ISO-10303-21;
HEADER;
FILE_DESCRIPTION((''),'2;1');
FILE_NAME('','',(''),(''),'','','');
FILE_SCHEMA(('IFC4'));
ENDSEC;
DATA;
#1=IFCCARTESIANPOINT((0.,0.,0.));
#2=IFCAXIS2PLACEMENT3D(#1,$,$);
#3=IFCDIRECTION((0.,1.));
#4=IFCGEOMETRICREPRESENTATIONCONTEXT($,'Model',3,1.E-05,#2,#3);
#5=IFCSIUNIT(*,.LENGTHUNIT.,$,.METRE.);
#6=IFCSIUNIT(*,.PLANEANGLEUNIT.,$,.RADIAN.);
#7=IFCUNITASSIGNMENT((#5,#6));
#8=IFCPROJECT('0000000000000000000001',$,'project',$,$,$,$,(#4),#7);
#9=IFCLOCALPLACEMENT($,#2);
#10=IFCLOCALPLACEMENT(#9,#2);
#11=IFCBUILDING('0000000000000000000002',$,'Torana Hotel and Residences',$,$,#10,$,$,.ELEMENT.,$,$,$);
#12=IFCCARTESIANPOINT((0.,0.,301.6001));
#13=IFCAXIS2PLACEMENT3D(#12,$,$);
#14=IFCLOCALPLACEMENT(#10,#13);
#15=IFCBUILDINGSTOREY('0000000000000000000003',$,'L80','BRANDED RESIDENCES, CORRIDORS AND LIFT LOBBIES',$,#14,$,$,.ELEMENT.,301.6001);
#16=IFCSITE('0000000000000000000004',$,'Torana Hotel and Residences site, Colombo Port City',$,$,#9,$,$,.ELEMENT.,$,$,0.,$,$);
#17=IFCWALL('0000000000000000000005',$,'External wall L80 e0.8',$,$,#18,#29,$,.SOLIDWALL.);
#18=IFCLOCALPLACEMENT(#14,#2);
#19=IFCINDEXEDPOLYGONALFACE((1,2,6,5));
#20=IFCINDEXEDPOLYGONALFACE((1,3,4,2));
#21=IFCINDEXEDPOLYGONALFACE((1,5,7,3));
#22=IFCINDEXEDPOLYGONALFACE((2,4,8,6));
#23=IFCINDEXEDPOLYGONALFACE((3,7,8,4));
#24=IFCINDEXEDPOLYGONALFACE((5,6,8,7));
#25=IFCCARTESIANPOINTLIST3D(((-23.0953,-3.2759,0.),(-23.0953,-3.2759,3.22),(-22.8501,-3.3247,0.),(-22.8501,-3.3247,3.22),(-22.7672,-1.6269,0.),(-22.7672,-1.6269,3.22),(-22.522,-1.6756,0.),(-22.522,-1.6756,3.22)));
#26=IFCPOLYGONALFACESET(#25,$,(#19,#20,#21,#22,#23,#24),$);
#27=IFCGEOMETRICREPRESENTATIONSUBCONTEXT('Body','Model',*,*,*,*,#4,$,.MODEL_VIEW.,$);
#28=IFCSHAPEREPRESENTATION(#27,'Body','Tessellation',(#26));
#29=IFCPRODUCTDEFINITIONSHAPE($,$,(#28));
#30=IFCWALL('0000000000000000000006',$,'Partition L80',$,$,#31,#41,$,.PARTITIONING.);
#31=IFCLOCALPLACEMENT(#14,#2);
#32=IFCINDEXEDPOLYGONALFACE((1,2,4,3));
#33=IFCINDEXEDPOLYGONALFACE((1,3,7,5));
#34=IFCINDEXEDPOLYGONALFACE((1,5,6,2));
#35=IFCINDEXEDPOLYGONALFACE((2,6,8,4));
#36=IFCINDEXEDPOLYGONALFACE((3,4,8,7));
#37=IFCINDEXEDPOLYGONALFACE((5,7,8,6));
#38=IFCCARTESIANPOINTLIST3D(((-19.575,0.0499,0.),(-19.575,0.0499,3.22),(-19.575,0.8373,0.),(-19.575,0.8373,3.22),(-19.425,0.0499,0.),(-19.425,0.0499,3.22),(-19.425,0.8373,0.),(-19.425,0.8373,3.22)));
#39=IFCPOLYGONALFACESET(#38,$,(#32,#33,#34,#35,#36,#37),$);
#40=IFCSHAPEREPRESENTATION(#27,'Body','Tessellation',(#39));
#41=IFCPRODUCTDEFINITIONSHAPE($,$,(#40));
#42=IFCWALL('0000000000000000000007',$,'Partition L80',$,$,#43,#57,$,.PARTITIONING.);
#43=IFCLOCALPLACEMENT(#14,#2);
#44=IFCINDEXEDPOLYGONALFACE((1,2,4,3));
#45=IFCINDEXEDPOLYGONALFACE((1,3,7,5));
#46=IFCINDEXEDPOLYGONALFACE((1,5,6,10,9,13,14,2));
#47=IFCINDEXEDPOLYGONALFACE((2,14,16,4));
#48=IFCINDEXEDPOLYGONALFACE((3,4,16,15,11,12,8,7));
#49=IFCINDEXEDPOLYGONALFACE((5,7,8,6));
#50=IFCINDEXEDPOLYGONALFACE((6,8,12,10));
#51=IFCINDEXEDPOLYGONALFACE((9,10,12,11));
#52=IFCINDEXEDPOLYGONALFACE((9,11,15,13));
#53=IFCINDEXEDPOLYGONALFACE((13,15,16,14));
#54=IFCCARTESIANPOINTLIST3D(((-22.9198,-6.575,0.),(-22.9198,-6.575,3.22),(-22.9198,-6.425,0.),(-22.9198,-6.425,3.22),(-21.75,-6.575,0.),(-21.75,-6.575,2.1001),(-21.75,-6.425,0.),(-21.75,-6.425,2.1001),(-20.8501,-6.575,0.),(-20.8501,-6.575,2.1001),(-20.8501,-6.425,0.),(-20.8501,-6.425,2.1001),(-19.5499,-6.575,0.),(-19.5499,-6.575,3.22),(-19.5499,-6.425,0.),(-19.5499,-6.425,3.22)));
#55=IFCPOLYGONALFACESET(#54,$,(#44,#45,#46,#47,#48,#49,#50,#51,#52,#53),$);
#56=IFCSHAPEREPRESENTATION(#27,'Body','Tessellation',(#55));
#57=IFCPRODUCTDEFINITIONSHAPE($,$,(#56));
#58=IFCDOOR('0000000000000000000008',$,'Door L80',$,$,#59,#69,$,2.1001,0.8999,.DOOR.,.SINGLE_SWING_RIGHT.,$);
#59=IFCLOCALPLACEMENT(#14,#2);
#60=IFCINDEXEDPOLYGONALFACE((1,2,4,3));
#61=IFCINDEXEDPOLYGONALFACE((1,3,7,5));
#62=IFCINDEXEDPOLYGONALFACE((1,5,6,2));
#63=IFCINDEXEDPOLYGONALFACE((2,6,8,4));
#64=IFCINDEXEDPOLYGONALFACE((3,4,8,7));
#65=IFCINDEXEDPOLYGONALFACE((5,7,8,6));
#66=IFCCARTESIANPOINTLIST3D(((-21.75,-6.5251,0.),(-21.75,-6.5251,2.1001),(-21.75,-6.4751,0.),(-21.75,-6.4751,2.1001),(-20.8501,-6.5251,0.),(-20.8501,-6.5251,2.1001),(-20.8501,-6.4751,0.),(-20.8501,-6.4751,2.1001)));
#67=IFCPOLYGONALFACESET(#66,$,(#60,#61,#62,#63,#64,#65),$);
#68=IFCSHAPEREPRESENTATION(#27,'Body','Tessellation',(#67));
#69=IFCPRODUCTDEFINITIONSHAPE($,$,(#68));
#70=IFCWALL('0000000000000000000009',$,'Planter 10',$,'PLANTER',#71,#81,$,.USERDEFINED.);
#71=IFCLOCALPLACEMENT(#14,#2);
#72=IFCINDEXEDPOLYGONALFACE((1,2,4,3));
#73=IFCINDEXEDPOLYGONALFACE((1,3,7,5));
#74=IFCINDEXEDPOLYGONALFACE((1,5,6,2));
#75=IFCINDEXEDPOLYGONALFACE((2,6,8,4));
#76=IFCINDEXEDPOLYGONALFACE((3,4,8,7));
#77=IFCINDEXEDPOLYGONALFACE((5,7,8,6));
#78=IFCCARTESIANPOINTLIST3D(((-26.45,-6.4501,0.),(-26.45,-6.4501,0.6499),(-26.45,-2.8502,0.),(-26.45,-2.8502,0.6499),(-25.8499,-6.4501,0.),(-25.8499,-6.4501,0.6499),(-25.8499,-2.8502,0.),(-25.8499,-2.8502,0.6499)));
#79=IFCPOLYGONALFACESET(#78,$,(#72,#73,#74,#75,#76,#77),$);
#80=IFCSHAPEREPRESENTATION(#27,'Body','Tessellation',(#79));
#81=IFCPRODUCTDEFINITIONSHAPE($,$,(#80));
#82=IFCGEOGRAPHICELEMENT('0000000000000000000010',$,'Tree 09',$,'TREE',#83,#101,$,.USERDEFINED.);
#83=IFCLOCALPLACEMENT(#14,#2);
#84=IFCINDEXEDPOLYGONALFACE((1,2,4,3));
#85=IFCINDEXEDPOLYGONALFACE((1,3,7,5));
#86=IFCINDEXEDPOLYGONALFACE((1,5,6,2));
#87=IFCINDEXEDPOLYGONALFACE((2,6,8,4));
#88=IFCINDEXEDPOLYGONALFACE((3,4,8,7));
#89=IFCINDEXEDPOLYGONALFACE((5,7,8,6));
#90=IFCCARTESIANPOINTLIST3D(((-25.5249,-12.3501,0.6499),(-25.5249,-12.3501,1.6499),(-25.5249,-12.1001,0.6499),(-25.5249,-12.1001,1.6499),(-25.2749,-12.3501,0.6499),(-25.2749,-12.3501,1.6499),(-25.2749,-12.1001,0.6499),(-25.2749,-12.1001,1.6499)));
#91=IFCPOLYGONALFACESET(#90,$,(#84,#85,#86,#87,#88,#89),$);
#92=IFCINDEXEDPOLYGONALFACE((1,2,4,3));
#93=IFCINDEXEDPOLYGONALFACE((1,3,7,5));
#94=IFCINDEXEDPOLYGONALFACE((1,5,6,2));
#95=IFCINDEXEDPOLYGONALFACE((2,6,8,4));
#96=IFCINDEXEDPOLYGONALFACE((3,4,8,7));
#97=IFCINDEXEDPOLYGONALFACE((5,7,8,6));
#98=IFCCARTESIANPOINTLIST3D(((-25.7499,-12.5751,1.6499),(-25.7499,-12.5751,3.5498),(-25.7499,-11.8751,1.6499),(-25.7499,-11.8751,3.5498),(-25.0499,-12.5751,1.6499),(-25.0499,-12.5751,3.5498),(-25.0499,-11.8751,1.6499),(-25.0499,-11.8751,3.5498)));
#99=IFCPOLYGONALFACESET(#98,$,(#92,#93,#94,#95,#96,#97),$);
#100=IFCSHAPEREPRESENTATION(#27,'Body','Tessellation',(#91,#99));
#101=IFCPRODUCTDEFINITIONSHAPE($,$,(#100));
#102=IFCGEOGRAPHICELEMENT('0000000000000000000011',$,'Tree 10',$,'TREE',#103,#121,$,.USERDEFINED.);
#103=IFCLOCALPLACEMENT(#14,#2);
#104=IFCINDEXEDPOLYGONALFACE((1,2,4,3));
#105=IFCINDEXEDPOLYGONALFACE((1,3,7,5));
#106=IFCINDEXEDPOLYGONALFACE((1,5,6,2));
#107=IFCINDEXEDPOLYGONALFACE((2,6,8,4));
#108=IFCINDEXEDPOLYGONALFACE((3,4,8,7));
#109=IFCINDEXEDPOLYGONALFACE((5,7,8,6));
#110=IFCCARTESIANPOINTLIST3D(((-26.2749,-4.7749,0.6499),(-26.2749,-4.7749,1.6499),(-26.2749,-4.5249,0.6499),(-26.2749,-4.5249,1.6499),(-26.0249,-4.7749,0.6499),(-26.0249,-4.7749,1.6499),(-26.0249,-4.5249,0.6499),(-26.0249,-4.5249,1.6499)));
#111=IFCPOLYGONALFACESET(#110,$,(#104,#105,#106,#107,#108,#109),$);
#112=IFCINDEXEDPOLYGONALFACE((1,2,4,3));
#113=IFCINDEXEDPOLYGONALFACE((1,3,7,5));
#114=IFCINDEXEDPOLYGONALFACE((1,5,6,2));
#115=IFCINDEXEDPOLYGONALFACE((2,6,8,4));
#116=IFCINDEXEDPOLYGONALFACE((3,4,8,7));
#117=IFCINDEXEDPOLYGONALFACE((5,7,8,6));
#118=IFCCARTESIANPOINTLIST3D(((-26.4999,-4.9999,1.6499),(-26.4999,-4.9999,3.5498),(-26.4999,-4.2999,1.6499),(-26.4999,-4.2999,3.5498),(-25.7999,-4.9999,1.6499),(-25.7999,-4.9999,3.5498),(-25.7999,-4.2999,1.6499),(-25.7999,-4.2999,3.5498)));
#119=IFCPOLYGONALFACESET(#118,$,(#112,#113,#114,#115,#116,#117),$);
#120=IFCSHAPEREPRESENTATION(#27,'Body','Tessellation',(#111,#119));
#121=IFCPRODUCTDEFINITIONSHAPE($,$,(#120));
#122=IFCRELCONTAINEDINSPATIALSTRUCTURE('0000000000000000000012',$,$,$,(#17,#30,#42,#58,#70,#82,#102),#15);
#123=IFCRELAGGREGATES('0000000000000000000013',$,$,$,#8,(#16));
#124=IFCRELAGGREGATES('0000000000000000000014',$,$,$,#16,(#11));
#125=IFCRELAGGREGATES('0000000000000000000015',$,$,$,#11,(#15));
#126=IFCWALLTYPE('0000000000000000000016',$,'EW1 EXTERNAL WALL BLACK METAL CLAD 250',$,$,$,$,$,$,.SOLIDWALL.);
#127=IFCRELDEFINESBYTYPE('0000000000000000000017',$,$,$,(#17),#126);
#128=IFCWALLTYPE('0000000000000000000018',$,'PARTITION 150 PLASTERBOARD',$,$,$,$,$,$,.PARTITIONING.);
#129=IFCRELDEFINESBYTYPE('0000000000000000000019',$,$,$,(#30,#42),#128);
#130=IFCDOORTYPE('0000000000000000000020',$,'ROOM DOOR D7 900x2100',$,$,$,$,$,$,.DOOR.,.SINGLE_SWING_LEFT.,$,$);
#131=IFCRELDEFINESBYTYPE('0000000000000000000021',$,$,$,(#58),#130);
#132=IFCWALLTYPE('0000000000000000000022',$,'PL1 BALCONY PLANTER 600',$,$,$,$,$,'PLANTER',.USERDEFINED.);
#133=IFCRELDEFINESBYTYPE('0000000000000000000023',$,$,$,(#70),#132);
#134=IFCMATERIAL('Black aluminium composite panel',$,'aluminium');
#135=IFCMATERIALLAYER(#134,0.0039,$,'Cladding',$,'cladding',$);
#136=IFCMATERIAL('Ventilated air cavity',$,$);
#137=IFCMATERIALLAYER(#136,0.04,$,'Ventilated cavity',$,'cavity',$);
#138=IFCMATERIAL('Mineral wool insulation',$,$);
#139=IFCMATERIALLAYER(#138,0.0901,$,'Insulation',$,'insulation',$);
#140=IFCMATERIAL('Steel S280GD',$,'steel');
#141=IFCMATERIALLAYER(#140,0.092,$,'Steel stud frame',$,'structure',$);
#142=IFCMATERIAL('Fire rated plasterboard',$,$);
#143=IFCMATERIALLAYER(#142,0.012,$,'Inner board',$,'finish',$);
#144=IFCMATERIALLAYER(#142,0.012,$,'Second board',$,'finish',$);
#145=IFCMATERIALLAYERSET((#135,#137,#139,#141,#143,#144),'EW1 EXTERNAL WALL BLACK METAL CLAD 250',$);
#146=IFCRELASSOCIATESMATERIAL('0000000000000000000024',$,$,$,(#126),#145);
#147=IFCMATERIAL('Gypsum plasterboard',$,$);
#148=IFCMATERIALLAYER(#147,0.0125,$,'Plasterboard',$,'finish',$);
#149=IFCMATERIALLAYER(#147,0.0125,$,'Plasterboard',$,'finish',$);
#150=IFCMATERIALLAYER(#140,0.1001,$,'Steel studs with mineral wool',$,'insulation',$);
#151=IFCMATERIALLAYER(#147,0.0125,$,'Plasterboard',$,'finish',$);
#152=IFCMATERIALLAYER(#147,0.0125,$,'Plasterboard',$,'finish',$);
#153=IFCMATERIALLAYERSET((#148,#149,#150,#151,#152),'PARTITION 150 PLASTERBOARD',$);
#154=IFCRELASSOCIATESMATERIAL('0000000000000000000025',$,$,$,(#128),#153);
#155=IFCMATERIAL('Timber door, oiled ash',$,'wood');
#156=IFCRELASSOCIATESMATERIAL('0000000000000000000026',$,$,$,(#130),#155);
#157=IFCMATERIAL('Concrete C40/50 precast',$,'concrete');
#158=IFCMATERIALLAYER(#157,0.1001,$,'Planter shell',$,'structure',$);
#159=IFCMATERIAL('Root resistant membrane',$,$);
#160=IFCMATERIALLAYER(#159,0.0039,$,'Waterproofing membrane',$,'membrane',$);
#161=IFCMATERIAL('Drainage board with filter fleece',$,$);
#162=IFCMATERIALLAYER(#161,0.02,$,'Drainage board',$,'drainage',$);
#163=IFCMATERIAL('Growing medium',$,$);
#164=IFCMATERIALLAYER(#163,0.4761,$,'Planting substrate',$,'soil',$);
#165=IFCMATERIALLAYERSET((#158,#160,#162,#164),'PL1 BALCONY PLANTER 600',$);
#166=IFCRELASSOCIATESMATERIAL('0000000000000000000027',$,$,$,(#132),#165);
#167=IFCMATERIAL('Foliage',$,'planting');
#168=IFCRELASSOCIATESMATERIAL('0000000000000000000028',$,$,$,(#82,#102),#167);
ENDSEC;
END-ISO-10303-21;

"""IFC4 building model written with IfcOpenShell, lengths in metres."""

from ifc_helpers import new_model, si_unit, direction, frame, frame_2d, origin, origin_2d, place, context, subcontext, project, spatial, rectangle, extrude, material, layer, layer_set, type_object, element, fill, save


model = new_model("IFC4")

# Units and contexts
model_context = context("Model", 3, precision=1e-05, world=origin(), true_north=direction((0.0, 1.0)))
body_context = subcontext(model_context, "Body", "Model", "MODEL_VIEW")
ifc_project = project(units=[si_unit("LENGTHUNIT", "METRE"), si_unit("PLANEANGLEUNIT", "RADIAN")], contexts=[model_context])

# Site, building, storey
site_placement = place(None, origin())
site = spatial("IfcSite", under=ifc_project, at=site_placement, Name="Torana Hotel and Residences site, Colombo Port City", CompositionType="ELEMENT", RefElevation=0.0)
building_placement = place(site_placement, origin())
building = spatial("IfcBuilding", under=site, at=building_placement, Name="Torana Hotel and Residences", CompositionType="ELEMENT")
storey_placement = place(building_placement, frame((0.0, 0.0, 301.6001)))
storey = spatial("IfcBuildingStorey", under=building, at=storey_placement, Name="L80", Description="BRANDED RESIDENCES, CORRIDORS AND LIFT LOBBIES", CompositionType="ELEMENT", Elevation=301.6001)

# Wall
ifc_material_1 = material(Name="Black aluminium composite panel", Category="aluminium")
ifc_layer_1 = layer(ifc_material_1, 0.0039, Name="Cladding", Category="cladding")
ifc_material_2 = material(Name="Ventilated air cavity")
ifc_layer_2 = layer(ifc_material_2, 0.04, Name="Ventilated cavity", Category="cavity")
ifc_material_3 = material(Name="Mineral wool insulation")
ifc_layer_3 = layer(ifc_material_3, 0.0901, Name="Insulation", Category="insulation")
ifc_material_4 = material(Name="Steel S280GD", Category="steel")
ifc_layer_4 = layer(ifc_material_4, 0.092, Name="Steel stud frame", Category="structure")
ifc_material_5 = material(Name="Fire rated plasterboard")
ifc_layer_5 = layer(ifc_material_5, 0.012, Name="Inner board", Category="finish")
ifc_layer_6 = layer(ifc_material_5, 0.012, Name="Second board", Category="finish")
ifc_layer_set_1 = layer_set([ifc_layer_1, ifc_layer_2, ifc_layer_3, ifc_layer_4, ifc_layer_5, ifc_layer_6], Name="EW1 EXTERNAL WALL BLACK METAL CLAD 250")
wall_type_1 = type_object("IfcWallType", Name="EW1 EXTERNAL WALL BLACK METAL CLAD 250", PredefinedType="SOLIDWALL", material=ifc_layer_set_1)
wall_1_placement = place(storey_placement, frame((-22.6445, -1.6511, 0.0), z_axis=(0.0, 0.0, 1.0), x_axis=(-0.195139, -0.980776, 0.0)))
element("IfcWall", 1, at=wall_1_placement, inside=storey, type_object=wall_type_1, Name="External wall L80 e0.8", PredefinedType="SOLIDWALL", context=body_context, shape_type="SweptSolid", body=[
    extrude(rectangle(XDim=1.6814, YDim=0.25, at=frame_2d((0.8408, 0.0))), origin(), (0.0, 0.0, 1.0), 3.22),
])

# Wall
ifc_material_6 = material(Name="Gypsum plasterboard")
ifc_layer_7 = layer(ifc_material_6, 0.0125, Name="Plasterboard", Category="finish")
ifc_layer_8 = layer(ifc_material_6, 0.0125, Name="Plasterboard", Category="finish")
ifc_layer_9 = layer(ifc_material_4, 0.1001, Name="Steel studs with mineral wool", Category="insulation")
ifc_layer_10 = layer(ifc_material_6, 0.0125, Name="Plasterboard", Category="finish")
ifc_layer_11 = layer(ifc_material_6, 0.0125, Name="Plasterboard", Category="finish")
ifc_layer_set_2 = layer_set([ifc_layer_7, ifc_layer_8, ifc_layer_9, ifc_layer_10, ifc_layer_11], Name="PARTITION 150 PLASTERBOARD")
wall_type_2 = type_object("IfcWallType", Name="PARTITION 150 PLASTERBOARD", PredefinedType="PARTITIONING", material=ifc_layer_set_2)
wall_2_placement = place(storey_placement, frame((-19.5, 0.05, 0.0), z_axis=(0.0, 0.0, 1.0), x_axis=(0.0, 1.0, 0.0)))
element("IfcWall", 2, at=wall_2_placement, inside=storey, type_object=wall_type_2, Name="Partition L80", PredefinedType="PARTITIONING", context=body_context, shape_type="SweptSolid", body=[
    extrude(rectangle(XDim=0.7874, YDim=0.1499, at=frame_2d((0.3936, 0.0))), origin(), (0.0, 0.0, 1.0), 3.22),
])

# Wall, opening, door
wall_3_placement = place(storey_placement, frame((-22.9199, -6.5, 0.0), z_axis=(0.0, 0.0, 1.0), x_axis=(1.0, 0.0, 0.0)))
wall_3 = element("IfcWall", 3, at=wall_3_placement, inside=storey, type_object=wall_type_2, Name="Partition L80", PredefinedType="PARTITIONING", context=body_context, shape_type="SweptSolid", body=[
    extrude(rectangle(XDim=3.3699, YDim=0.1499, at=frame_2d((1.6851, 0.0))), origin(), (0.0, 0.0, 1.0), 3.22),
])
opening_1_placement = place(wall_3_placement, frame((1.1699, 0.0, 0.0)))
opening_1 = element("IfcOpeningElement", 4, at=opening_1_placement, cuts=wall_3, PredefinedType="OPENING", context=body_context, shape_type="SweptSolid", body=[
    extrude(rectangle(XDim=0.8999, YDim=2.1001, at=frame_2d((0.45, 1.05))), frame((0.0, 0.085, 0.0), z_axis=(0.0, -1.0, 0.0), x_axis=(1.0, 0.0, 0.0)), (0.0, 0.0, 1.0), 0.1699),
])
ifc_material_7 = material(Name="Timber door, oiled ash", Category="wood")
door_type_1 = type_object("IfcDoorType", Name="ROOM DOOR D7 900x2100", OperationType="SINGLE_SWING_LEFT", PredefinedType="DOOR", material=ifc_material_7)
door_1_placement = place(opening_1_placement, origin())
door_1 = element("IfcDoor", 5, at=door_1_placement, inside=storey, type_object=door_type_1, Name="Door L80", OperationType="SINGLE_SWING_RIGHT", OverallHeight=2.1001, OverallWidth=0.8999, PredefinedType="DOOR", context=body_context, shape_type="SweptSolid", body=[
    extrude(rectangle(XDim=0.8999, YDim=2.1001, at=frame_2d((0.45, 1.05))), frame((0.0, 0.0249, 0.0), z_axis=(0.0, -1.0, 0.0), x_axis=(1.0, 0.0, 0.0)), (0.0, 0.0, 1.0), 0.05),
])
fill(opening_1, door_1)

# Wall
ifc_material_8 = material(Name="Concrete C40/50 precast", Category="concrete")
ifc_layer_12 = layer(ifc_material_8, 0.1001, Name="Planter shell", Category="structure")
ifc_material_9 = material(Name="Root resistant membrane")
ifc_layer_13 = layer(ifc_material_9, 0.0039, Name="Waterproofing membrane", Category="membrane")
ifc_material_10 = material(Name="Drainage board with filter fleece")
ifc_layer_14 = layer(ifc_material_10, 0.02, Name="Drainage board", Category="drainage")
ifc_material_11 = material(Name="Growing medium")
ifc_layer_15 = layer(ifc_material_11, 0.4761, Name="Planting substrate", Category="soil")
ifc_layer_set_3 = layer_set([ifc_layer_12, ifc_layer_13, ifc_layer_14, ifc_layer_15], Name="PL1 BALCONY PLANTER 600")
wall_type_3 = type_object("IfcWallType", Name="PL1 BALCONY PLANTER 600", ElementType="PLANTER", PredefinedType="USERDEFINED", material=ifc_layer_set_3)
wall_4_placement = place(storey_placement, frame((-26.1499, -6.45, 0.0), z_axis=(0.0, 0.0, 1.0), x_axis=(0.0, 1.0, 0.0)))
element("IfcWall", 6, at=wall_4_placement, inside=storey, type_object=wall_type_3, Name="Planter 10", ObjectType="PLANTER", PredefinedType="USERDEFINED", context=body_context, shape_type="SweptSolid", body=[
    extrude(rectangle(XDim=3.5999, YDim=0.6001, at=frame_2d((1.7998, 0.0))), origin(), (0.0, 0.0, 1.0), 0.6499),
])

# Geographic elements
ifc_material_12 = material(Name="Foliage", Category="planting")
for number, where, z_axis, x_axis, name in (
    (7, (-25.3999, -12.2251, 0.6499), (0.0, 0.0, 1.0), (1.0, 0.0, 0.0), "Tree 09"),
    (8, (-26.1499, -4.6499, 0.6499), (0.0, 0.0, 1.0), (1.0, 0.0, 0.0), "Tree 10"),
):
    element("IfcGeographicElement", number, at=place(storey_placement, frame(where, z_axis=z_axis, x_axis=x_axis)), inside=storey, material=ifc_material_12, Name=name, ObjectType="TREE", PredefinedType="USERDEFINED", context=body_context, shape_type="SweptSolid", body=[
        extrude(rectangle(XDim=0.25, YDim=0.25, at=origin_2d()), origin(), (0.0, 0.0, 1.0), 1.0),
        extrude(rectangle(XDim=0.7, YDim=0.7, at=origin_2d()), frame((0.0, 0.0, 1.0)), (0.0, 0.0, 1.0), 1.8999),
    ])

save(model, "model.ifc")
